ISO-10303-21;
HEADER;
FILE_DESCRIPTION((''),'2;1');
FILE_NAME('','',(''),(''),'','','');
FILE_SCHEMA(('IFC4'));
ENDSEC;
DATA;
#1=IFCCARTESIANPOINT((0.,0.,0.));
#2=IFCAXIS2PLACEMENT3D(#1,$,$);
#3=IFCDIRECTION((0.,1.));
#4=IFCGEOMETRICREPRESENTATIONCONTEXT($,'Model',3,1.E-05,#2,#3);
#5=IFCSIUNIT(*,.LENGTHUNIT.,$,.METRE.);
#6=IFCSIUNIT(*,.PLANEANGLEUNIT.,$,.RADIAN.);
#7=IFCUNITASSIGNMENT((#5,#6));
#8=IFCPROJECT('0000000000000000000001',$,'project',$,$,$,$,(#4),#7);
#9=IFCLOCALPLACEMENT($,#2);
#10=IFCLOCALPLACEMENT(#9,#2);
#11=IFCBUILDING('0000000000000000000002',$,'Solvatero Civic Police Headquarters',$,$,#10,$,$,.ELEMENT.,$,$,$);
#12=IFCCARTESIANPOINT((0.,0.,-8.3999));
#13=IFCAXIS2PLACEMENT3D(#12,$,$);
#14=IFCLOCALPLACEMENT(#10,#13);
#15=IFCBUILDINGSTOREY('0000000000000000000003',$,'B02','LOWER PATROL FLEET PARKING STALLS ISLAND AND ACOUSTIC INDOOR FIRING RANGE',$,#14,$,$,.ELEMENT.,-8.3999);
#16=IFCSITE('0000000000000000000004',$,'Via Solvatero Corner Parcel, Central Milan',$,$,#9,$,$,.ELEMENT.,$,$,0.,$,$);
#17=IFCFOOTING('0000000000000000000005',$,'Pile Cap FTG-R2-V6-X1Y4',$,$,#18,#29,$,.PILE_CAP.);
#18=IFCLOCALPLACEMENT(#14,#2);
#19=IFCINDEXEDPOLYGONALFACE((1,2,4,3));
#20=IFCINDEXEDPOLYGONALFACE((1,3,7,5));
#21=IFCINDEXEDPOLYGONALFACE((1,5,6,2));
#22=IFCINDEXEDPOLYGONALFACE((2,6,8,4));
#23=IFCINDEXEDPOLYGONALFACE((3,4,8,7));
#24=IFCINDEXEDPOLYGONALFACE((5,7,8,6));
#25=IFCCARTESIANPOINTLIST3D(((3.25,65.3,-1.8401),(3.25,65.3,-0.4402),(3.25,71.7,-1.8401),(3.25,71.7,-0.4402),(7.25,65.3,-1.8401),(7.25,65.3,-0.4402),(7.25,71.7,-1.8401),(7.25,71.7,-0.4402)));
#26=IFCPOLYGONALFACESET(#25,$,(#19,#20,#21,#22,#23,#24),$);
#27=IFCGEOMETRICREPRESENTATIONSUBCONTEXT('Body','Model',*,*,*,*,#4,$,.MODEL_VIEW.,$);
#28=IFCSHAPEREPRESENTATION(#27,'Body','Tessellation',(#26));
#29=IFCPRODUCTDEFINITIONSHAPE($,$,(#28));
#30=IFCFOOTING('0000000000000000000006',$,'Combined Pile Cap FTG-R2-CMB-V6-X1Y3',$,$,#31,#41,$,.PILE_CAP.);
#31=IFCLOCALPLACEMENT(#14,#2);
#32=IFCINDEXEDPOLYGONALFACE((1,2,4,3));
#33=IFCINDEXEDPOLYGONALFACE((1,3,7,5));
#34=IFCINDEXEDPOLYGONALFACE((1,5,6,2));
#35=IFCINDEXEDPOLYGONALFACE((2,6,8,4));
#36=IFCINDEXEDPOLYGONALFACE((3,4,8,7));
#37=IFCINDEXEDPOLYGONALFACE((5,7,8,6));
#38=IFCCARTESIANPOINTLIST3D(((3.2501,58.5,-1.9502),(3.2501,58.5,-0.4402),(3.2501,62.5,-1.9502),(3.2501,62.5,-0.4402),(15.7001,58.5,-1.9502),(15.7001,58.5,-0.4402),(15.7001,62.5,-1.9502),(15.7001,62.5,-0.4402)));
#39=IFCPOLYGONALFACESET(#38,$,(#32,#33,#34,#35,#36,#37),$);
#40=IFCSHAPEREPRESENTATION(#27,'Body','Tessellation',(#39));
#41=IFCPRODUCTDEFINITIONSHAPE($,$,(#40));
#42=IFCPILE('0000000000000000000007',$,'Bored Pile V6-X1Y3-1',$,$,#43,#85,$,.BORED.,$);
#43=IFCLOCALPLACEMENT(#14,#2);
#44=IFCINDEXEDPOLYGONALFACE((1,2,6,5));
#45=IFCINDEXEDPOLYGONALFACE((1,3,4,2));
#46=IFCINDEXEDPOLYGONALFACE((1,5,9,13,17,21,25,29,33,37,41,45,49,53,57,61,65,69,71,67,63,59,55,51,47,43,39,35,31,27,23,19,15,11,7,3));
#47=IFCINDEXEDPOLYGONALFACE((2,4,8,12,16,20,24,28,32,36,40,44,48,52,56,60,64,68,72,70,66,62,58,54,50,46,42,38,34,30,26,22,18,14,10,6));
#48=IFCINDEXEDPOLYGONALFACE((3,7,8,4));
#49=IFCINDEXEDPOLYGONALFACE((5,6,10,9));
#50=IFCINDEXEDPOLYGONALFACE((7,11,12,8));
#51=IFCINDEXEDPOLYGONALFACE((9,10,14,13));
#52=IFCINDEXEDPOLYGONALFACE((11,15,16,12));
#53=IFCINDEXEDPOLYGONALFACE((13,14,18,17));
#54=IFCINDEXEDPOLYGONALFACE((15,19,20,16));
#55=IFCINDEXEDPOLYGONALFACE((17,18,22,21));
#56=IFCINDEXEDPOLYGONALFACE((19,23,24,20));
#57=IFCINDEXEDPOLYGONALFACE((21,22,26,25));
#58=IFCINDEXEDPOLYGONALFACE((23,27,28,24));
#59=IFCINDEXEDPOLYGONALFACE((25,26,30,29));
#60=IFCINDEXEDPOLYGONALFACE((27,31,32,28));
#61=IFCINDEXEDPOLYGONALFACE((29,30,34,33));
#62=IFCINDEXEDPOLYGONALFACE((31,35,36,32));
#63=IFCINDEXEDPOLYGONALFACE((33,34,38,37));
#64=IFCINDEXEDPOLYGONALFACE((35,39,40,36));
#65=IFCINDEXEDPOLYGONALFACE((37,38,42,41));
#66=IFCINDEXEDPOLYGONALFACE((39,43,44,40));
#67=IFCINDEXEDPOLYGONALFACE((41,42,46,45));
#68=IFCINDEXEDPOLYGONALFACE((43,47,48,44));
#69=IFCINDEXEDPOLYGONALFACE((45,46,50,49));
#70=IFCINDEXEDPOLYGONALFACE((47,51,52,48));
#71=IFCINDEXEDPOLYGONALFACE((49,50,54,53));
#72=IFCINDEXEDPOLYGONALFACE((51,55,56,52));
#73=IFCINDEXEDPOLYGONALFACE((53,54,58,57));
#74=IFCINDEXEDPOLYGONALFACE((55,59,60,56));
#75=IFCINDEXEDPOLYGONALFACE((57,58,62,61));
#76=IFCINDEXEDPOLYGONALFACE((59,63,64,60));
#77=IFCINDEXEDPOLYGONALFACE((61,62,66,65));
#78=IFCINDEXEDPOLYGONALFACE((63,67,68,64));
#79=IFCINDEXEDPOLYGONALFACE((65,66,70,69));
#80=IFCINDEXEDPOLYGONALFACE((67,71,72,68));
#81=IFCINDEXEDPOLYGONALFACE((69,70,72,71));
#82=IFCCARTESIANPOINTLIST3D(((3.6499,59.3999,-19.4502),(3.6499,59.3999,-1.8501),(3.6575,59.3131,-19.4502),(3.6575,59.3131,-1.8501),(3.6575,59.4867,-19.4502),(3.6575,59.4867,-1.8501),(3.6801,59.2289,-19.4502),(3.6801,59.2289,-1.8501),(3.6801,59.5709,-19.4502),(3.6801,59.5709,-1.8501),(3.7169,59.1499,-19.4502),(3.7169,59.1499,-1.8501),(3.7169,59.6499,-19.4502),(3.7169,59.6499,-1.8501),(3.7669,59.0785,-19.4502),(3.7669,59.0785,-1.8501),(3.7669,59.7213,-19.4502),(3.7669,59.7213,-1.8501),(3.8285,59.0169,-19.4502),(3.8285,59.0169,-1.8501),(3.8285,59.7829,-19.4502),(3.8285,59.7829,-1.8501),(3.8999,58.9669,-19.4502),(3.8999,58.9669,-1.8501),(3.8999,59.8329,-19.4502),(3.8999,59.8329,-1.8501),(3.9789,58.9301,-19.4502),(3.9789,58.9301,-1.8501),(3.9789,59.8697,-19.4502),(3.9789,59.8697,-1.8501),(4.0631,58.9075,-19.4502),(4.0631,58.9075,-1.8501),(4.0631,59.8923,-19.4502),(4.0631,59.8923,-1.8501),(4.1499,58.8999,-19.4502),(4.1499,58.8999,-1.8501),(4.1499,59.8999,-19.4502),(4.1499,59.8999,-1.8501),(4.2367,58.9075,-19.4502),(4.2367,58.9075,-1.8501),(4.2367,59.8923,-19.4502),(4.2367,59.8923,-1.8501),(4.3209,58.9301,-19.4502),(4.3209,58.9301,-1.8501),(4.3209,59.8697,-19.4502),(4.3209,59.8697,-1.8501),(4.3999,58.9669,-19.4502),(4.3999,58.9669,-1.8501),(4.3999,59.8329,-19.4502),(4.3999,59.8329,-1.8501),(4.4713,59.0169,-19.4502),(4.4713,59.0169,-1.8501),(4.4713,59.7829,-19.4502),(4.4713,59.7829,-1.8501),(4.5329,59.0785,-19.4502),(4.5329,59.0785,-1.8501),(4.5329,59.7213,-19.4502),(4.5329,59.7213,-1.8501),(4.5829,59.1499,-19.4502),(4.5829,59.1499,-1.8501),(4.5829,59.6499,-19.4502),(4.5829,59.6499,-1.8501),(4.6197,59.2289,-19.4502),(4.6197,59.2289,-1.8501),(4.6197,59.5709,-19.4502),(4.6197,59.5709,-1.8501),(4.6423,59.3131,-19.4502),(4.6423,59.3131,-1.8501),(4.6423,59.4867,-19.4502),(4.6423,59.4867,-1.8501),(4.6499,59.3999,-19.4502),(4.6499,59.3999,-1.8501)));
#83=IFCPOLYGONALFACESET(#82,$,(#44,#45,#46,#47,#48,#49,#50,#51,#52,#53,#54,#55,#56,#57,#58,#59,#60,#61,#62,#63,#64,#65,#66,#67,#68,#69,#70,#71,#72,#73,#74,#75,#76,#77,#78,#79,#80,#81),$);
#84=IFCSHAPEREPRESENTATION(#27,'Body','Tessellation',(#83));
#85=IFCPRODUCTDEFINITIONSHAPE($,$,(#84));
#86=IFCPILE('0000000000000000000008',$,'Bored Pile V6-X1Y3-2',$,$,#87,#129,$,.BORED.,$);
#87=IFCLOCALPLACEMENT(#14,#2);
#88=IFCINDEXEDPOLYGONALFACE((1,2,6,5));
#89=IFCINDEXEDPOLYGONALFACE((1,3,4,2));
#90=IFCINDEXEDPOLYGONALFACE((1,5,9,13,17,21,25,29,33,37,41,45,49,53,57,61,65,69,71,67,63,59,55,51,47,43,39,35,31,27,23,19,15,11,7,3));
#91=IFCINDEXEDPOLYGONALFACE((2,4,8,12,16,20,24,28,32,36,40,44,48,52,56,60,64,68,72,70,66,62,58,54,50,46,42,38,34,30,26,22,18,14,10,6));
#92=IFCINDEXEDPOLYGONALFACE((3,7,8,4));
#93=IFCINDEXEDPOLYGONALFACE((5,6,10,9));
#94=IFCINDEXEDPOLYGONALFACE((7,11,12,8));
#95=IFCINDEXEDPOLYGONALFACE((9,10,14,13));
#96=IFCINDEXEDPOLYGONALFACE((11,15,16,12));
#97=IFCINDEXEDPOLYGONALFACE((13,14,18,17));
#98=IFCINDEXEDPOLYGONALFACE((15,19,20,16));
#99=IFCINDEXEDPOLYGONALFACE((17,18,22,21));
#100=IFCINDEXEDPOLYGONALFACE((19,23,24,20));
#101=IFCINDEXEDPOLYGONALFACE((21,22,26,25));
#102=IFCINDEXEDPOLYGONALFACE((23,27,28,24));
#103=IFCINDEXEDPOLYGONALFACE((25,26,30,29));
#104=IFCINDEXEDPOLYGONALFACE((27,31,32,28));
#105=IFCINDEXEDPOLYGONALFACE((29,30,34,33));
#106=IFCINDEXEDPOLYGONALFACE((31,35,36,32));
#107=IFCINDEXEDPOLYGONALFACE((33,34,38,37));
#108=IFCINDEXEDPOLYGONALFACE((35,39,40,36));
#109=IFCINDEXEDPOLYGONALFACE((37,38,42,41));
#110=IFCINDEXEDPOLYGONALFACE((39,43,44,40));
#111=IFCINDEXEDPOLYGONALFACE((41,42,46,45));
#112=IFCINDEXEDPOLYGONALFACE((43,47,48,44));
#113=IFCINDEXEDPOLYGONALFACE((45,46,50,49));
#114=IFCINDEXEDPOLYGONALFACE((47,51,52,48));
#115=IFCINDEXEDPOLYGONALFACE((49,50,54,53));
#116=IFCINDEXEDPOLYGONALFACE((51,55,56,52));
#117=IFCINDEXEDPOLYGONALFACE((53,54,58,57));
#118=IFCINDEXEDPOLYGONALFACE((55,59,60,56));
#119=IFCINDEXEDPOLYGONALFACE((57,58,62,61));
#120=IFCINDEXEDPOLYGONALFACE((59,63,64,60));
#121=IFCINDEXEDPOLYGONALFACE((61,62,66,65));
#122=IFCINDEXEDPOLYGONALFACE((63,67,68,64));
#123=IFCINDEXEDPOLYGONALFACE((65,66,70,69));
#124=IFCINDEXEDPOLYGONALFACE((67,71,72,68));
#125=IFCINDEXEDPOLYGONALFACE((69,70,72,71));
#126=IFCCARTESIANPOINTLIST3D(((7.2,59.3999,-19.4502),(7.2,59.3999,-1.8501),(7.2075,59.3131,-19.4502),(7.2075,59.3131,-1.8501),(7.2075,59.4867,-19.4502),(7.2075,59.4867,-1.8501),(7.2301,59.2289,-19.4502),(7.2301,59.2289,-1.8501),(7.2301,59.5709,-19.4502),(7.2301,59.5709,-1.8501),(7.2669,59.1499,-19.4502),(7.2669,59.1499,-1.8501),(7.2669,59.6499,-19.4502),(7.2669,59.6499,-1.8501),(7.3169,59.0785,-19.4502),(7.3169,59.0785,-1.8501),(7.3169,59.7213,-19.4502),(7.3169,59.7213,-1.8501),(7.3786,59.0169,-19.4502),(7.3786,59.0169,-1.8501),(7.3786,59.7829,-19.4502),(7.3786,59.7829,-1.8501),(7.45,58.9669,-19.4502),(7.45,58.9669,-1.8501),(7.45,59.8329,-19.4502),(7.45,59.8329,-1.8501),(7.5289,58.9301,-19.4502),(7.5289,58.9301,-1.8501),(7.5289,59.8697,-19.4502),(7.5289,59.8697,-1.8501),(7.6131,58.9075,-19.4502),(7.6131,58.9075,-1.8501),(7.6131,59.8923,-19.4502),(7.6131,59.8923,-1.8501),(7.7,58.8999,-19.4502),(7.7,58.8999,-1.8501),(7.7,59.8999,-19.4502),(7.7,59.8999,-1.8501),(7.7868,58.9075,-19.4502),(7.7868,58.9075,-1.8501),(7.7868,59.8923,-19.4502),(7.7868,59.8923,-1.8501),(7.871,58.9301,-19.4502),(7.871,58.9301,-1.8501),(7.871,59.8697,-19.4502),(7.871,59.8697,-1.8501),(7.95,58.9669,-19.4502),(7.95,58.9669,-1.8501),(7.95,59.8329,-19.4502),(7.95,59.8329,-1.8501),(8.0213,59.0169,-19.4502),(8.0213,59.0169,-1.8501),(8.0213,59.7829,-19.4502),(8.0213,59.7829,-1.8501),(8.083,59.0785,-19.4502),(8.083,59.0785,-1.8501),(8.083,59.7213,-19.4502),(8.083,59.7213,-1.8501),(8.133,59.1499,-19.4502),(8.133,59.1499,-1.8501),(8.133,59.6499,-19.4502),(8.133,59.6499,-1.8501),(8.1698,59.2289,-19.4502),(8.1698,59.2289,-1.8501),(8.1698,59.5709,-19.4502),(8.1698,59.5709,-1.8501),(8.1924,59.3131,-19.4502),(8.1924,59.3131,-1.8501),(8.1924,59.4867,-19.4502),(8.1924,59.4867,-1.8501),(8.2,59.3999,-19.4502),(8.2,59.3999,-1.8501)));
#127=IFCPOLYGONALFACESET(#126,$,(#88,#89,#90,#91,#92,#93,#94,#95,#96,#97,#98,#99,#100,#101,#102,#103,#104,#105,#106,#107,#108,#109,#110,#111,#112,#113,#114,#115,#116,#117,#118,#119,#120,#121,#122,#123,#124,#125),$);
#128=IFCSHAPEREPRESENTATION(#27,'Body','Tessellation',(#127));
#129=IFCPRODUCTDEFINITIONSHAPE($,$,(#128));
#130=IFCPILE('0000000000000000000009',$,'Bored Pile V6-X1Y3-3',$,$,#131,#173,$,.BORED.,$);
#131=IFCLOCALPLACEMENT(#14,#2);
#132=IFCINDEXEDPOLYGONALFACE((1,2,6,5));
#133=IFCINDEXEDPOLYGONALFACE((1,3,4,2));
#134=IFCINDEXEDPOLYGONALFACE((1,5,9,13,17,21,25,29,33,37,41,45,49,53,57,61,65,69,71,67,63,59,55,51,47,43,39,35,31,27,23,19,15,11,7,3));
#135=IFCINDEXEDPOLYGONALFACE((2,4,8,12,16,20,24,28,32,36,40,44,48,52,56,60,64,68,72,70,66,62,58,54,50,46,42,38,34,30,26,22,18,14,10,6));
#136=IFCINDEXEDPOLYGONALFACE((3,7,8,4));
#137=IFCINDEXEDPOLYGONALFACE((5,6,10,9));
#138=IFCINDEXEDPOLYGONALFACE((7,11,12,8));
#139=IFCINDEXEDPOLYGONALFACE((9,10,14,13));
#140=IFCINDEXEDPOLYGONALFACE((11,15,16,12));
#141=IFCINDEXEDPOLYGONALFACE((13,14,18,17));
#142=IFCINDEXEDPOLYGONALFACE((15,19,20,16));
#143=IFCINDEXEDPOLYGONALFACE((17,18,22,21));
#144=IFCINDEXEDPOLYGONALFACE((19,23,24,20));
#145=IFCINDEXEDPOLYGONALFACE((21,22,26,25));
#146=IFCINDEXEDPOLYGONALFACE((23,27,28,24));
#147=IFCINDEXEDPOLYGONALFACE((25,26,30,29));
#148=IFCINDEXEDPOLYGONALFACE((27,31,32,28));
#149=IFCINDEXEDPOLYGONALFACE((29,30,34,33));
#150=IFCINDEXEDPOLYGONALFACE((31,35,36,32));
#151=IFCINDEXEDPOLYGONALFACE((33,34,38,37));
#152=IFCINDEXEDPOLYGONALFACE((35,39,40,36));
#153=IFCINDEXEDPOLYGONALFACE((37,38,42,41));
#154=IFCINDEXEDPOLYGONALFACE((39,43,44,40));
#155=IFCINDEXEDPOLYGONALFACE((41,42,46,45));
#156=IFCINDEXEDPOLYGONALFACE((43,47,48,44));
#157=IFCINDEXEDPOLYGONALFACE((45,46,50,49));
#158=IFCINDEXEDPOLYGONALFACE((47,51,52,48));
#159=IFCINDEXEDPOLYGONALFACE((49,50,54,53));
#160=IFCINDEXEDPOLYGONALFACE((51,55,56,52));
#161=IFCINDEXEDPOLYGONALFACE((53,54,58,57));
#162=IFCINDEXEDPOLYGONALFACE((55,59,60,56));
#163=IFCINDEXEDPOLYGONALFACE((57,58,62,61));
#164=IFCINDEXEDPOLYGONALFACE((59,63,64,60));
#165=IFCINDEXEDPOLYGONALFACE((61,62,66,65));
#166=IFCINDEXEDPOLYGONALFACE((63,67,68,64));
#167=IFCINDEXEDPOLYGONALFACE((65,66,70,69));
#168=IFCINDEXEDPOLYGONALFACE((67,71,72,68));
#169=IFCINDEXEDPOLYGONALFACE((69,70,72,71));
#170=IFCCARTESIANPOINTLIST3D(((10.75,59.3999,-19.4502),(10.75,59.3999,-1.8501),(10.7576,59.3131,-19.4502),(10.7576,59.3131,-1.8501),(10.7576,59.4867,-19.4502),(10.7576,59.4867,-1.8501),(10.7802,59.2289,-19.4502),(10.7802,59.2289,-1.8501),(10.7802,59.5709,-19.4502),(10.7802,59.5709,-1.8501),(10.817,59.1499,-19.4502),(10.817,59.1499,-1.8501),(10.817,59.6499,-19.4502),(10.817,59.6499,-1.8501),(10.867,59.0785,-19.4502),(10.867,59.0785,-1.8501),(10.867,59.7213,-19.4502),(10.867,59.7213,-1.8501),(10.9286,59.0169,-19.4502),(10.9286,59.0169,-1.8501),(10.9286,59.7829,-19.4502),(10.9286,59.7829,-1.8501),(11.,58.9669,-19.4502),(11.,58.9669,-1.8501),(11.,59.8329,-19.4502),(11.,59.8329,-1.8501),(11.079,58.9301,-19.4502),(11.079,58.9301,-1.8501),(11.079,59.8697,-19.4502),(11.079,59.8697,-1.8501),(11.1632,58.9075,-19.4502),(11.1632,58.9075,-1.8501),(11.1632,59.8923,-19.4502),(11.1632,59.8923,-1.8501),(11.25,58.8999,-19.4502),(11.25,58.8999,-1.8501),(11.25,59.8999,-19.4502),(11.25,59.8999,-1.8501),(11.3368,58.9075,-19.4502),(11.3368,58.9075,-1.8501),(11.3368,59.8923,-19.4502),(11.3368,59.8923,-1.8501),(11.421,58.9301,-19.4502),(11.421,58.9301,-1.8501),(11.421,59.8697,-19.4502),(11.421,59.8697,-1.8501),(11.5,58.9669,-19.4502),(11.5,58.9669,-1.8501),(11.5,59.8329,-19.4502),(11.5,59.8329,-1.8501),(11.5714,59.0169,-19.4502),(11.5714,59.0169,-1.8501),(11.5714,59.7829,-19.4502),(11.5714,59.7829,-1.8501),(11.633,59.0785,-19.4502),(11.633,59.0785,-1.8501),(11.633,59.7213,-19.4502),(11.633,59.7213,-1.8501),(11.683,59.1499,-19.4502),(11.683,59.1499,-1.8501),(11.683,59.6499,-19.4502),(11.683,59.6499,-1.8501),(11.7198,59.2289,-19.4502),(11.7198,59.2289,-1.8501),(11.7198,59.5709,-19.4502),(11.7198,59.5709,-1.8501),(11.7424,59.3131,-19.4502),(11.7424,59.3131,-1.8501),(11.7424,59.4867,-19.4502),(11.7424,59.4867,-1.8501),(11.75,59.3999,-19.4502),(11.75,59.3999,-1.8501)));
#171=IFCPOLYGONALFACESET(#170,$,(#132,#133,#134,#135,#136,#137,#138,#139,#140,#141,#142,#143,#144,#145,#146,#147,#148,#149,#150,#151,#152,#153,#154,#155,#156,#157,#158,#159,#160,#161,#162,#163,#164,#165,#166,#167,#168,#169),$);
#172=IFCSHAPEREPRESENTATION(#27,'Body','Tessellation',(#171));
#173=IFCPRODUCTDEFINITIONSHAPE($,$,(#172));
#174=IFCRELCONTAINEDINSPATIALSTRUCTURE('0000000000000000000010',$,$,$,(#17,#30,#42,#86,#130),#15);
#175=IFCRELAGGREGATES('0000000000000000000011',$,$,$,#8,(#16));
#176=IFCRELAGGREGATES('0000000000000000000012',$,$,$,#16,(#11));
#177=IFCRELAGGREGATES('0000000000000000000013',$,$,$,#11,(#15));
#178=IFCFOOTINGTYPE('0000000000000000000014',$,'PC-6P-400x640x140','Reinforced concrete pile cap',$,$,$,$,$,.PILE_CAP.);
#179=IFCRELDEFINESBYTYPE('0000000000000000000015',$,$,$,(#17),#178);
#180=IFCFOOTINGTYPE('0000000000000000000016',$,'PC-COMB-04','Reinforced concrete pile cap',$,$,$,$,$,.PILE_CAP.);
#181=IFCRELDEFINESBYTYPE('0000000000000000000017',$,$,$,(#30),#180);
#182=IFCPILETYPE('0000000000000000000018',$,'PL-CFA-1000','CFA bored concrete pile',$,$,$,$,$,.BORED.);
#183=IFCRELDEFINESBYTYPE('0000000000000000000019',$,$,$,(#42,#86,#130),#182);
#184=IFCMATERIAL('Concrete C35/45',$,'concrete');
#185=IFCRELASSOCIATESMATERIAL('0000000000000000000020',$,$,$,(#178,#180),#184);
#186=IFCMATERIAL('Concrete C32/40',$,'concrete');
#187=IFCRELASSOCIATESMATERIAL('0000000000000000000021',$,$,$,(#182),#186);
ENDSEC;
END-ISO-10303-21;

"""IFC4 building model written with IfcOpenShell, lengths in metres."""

from ifc_helpers import new_model, si_unit, direction, frame, origin, origin_2d, place, context, subcontext, project, spatial, rectangle, circle, extrude, material, material_profile, profile_set, type_object, element, save


model = new_model("IFC4")

# Units and contexts
model_context = context("Model", 3, precision=1e-05, world=origin(), true_north=direction((0.0, 1.0)))
body_context = subcontext(model_context, "Body", "Model", "MODEL_VIEW")
ifc_project = project(units=[si_unit("LENGTHUNIT", "METRE"), si_unit("PLANEANGLEUNIT", "RADIAN")], contexts=[model_context])

# Site, building, storey
site_placement = place(None, origin())
site = spatial("IfcSite", under=ifc_project, at=site_placement, Name="Via Solvatero Corner Parcel, Central Milan", CompositionType="ELEMENT", RefElevation=0.0)
building_placement = place(site_placement, origin())
building = spatial("IfcBuilding", under=site, at=building_placement, Name="Solvatero Civic Police Headquarters", CompositionType="ELEMENT")
storey_placement = place(building_placement, frame((0.0, 0.0, -8.3999)))
storey = spatial("IfcBuildingStorey", under=building, at=storey_placement, Name="B02", Description="LOWER PATROL FLEET PARKING STALLS ISLAND AND ACOUSTIC INDOOR FIRING RANGE", CompositionType="ELEMENT", Elevation=-8.3999)

# Footings
ifc_material_1 = material(Name="Concrete C35/45", Category="concrete")
footing_type_1 = type_object("IfcFootingType", Name="PC-6P-400x640x140", Description="Reinforced concrete pile cap", PredefinedType="PILE_CAP", material=ifc_material_1)
footing_1_placement = place(storey_placement, frame((5.25, 68.5, -1.8401), z_axis=(0.0, 0.0, 1.0), x_axis=(1.0, 0.0, 0.0)))
element("IfcFooting", 1, at=footing_1_placement, inside=storey, type_object=footing_type_1, Name="Pile Cap FTG-R2-V6-X1Y4", PredefinedType="PILE_CAP", context=body_context, shape_type="SweptSolid", body=[
    extrude(rectangle(XDim=4.0, YDim=6.3999, at=origin_2d()), origin(), (0.0, 0.0, 1.0), 1.3999),
])
footing_type_2 = type_object("IfcFootingType", Name="PC-COMB-04", Description="Reinforced concrete pile cap", PredefinedType="PILE_CAP", material=ifc_material_1)
footing_2_placement = place(storey_placement, frame((9.4751, 60.5, -1.9502), z_axis=(0.0, 0.0, 1.0), x_axis=(1.0, 0.0, 0.0)))
element("IfcFooting", 2, at=footing_2_placement, inside=storey, type_object=footing_type_2, Name="Combined Pile Cap FTG-R2-CMB-V6-X1Y3", PredefinedType="PILE_CAP", context=body_context, shape_type="SweptSolid", body=[
    extrude(rectangle(XDim=12.45, YDim=4.0, at=origin_2d()), origin(), (0.0, 0.0, 1.0), 1.51),
])

# Piles
ifc_material_2 = material(Name="Concrete C32/40", Category="concrete")
ifc_material_profile_1 = material_profile(ifc_material_2, circle(Radius=0.5, at=origin_2d()), Name="CFA PILE D1000")
ifc_profile_set_1 = profile_set([ifc_material_profile_1], Name="Concrete C32/40")
pile_type_1 = type_object("IfcPileType", Name="PL-CFA-1000", Description="CFA bored concrete pile", PredefinedType="BORED", material=ifc_profile_set_1)
for number, where, z_axis, x_axis, name in (
    (3, (4.1499, 59.3999, -1.8501), (0.0, 0.0, -1.0), (1.0, 0.0, 0.0), "Bored Pile V6-X1Y3-1"),
    (4, (7.7, 59.3999, -1.8501), (0.0, 0.0, -1.0), (1.0, 0.0, 0.0), "Bored Pile V6-X1Y3-2"),
    (5, (11.25, 59.3999, -1.8501), (0.0, 0.0, -1.0), (1.0, 0.0, 0.0), "Bored Pile V6-X1Y3-3"),
):
    element("IfcPile", number, at=place(storey_placement, frame(where, z_axis=z_axis, x_axis=x_axis)), inside=storey, type_object=pile_type_1, Name=name, PredefinedType="BORED", context=body_context, shape_type="SweptSolid", body=[
        extrude(circle(Radius=0.5, at=origin_2d()), origin(), (0.0, 0.0, 1.0), 17.6001),
    ])

save(model, "model.ifc")
